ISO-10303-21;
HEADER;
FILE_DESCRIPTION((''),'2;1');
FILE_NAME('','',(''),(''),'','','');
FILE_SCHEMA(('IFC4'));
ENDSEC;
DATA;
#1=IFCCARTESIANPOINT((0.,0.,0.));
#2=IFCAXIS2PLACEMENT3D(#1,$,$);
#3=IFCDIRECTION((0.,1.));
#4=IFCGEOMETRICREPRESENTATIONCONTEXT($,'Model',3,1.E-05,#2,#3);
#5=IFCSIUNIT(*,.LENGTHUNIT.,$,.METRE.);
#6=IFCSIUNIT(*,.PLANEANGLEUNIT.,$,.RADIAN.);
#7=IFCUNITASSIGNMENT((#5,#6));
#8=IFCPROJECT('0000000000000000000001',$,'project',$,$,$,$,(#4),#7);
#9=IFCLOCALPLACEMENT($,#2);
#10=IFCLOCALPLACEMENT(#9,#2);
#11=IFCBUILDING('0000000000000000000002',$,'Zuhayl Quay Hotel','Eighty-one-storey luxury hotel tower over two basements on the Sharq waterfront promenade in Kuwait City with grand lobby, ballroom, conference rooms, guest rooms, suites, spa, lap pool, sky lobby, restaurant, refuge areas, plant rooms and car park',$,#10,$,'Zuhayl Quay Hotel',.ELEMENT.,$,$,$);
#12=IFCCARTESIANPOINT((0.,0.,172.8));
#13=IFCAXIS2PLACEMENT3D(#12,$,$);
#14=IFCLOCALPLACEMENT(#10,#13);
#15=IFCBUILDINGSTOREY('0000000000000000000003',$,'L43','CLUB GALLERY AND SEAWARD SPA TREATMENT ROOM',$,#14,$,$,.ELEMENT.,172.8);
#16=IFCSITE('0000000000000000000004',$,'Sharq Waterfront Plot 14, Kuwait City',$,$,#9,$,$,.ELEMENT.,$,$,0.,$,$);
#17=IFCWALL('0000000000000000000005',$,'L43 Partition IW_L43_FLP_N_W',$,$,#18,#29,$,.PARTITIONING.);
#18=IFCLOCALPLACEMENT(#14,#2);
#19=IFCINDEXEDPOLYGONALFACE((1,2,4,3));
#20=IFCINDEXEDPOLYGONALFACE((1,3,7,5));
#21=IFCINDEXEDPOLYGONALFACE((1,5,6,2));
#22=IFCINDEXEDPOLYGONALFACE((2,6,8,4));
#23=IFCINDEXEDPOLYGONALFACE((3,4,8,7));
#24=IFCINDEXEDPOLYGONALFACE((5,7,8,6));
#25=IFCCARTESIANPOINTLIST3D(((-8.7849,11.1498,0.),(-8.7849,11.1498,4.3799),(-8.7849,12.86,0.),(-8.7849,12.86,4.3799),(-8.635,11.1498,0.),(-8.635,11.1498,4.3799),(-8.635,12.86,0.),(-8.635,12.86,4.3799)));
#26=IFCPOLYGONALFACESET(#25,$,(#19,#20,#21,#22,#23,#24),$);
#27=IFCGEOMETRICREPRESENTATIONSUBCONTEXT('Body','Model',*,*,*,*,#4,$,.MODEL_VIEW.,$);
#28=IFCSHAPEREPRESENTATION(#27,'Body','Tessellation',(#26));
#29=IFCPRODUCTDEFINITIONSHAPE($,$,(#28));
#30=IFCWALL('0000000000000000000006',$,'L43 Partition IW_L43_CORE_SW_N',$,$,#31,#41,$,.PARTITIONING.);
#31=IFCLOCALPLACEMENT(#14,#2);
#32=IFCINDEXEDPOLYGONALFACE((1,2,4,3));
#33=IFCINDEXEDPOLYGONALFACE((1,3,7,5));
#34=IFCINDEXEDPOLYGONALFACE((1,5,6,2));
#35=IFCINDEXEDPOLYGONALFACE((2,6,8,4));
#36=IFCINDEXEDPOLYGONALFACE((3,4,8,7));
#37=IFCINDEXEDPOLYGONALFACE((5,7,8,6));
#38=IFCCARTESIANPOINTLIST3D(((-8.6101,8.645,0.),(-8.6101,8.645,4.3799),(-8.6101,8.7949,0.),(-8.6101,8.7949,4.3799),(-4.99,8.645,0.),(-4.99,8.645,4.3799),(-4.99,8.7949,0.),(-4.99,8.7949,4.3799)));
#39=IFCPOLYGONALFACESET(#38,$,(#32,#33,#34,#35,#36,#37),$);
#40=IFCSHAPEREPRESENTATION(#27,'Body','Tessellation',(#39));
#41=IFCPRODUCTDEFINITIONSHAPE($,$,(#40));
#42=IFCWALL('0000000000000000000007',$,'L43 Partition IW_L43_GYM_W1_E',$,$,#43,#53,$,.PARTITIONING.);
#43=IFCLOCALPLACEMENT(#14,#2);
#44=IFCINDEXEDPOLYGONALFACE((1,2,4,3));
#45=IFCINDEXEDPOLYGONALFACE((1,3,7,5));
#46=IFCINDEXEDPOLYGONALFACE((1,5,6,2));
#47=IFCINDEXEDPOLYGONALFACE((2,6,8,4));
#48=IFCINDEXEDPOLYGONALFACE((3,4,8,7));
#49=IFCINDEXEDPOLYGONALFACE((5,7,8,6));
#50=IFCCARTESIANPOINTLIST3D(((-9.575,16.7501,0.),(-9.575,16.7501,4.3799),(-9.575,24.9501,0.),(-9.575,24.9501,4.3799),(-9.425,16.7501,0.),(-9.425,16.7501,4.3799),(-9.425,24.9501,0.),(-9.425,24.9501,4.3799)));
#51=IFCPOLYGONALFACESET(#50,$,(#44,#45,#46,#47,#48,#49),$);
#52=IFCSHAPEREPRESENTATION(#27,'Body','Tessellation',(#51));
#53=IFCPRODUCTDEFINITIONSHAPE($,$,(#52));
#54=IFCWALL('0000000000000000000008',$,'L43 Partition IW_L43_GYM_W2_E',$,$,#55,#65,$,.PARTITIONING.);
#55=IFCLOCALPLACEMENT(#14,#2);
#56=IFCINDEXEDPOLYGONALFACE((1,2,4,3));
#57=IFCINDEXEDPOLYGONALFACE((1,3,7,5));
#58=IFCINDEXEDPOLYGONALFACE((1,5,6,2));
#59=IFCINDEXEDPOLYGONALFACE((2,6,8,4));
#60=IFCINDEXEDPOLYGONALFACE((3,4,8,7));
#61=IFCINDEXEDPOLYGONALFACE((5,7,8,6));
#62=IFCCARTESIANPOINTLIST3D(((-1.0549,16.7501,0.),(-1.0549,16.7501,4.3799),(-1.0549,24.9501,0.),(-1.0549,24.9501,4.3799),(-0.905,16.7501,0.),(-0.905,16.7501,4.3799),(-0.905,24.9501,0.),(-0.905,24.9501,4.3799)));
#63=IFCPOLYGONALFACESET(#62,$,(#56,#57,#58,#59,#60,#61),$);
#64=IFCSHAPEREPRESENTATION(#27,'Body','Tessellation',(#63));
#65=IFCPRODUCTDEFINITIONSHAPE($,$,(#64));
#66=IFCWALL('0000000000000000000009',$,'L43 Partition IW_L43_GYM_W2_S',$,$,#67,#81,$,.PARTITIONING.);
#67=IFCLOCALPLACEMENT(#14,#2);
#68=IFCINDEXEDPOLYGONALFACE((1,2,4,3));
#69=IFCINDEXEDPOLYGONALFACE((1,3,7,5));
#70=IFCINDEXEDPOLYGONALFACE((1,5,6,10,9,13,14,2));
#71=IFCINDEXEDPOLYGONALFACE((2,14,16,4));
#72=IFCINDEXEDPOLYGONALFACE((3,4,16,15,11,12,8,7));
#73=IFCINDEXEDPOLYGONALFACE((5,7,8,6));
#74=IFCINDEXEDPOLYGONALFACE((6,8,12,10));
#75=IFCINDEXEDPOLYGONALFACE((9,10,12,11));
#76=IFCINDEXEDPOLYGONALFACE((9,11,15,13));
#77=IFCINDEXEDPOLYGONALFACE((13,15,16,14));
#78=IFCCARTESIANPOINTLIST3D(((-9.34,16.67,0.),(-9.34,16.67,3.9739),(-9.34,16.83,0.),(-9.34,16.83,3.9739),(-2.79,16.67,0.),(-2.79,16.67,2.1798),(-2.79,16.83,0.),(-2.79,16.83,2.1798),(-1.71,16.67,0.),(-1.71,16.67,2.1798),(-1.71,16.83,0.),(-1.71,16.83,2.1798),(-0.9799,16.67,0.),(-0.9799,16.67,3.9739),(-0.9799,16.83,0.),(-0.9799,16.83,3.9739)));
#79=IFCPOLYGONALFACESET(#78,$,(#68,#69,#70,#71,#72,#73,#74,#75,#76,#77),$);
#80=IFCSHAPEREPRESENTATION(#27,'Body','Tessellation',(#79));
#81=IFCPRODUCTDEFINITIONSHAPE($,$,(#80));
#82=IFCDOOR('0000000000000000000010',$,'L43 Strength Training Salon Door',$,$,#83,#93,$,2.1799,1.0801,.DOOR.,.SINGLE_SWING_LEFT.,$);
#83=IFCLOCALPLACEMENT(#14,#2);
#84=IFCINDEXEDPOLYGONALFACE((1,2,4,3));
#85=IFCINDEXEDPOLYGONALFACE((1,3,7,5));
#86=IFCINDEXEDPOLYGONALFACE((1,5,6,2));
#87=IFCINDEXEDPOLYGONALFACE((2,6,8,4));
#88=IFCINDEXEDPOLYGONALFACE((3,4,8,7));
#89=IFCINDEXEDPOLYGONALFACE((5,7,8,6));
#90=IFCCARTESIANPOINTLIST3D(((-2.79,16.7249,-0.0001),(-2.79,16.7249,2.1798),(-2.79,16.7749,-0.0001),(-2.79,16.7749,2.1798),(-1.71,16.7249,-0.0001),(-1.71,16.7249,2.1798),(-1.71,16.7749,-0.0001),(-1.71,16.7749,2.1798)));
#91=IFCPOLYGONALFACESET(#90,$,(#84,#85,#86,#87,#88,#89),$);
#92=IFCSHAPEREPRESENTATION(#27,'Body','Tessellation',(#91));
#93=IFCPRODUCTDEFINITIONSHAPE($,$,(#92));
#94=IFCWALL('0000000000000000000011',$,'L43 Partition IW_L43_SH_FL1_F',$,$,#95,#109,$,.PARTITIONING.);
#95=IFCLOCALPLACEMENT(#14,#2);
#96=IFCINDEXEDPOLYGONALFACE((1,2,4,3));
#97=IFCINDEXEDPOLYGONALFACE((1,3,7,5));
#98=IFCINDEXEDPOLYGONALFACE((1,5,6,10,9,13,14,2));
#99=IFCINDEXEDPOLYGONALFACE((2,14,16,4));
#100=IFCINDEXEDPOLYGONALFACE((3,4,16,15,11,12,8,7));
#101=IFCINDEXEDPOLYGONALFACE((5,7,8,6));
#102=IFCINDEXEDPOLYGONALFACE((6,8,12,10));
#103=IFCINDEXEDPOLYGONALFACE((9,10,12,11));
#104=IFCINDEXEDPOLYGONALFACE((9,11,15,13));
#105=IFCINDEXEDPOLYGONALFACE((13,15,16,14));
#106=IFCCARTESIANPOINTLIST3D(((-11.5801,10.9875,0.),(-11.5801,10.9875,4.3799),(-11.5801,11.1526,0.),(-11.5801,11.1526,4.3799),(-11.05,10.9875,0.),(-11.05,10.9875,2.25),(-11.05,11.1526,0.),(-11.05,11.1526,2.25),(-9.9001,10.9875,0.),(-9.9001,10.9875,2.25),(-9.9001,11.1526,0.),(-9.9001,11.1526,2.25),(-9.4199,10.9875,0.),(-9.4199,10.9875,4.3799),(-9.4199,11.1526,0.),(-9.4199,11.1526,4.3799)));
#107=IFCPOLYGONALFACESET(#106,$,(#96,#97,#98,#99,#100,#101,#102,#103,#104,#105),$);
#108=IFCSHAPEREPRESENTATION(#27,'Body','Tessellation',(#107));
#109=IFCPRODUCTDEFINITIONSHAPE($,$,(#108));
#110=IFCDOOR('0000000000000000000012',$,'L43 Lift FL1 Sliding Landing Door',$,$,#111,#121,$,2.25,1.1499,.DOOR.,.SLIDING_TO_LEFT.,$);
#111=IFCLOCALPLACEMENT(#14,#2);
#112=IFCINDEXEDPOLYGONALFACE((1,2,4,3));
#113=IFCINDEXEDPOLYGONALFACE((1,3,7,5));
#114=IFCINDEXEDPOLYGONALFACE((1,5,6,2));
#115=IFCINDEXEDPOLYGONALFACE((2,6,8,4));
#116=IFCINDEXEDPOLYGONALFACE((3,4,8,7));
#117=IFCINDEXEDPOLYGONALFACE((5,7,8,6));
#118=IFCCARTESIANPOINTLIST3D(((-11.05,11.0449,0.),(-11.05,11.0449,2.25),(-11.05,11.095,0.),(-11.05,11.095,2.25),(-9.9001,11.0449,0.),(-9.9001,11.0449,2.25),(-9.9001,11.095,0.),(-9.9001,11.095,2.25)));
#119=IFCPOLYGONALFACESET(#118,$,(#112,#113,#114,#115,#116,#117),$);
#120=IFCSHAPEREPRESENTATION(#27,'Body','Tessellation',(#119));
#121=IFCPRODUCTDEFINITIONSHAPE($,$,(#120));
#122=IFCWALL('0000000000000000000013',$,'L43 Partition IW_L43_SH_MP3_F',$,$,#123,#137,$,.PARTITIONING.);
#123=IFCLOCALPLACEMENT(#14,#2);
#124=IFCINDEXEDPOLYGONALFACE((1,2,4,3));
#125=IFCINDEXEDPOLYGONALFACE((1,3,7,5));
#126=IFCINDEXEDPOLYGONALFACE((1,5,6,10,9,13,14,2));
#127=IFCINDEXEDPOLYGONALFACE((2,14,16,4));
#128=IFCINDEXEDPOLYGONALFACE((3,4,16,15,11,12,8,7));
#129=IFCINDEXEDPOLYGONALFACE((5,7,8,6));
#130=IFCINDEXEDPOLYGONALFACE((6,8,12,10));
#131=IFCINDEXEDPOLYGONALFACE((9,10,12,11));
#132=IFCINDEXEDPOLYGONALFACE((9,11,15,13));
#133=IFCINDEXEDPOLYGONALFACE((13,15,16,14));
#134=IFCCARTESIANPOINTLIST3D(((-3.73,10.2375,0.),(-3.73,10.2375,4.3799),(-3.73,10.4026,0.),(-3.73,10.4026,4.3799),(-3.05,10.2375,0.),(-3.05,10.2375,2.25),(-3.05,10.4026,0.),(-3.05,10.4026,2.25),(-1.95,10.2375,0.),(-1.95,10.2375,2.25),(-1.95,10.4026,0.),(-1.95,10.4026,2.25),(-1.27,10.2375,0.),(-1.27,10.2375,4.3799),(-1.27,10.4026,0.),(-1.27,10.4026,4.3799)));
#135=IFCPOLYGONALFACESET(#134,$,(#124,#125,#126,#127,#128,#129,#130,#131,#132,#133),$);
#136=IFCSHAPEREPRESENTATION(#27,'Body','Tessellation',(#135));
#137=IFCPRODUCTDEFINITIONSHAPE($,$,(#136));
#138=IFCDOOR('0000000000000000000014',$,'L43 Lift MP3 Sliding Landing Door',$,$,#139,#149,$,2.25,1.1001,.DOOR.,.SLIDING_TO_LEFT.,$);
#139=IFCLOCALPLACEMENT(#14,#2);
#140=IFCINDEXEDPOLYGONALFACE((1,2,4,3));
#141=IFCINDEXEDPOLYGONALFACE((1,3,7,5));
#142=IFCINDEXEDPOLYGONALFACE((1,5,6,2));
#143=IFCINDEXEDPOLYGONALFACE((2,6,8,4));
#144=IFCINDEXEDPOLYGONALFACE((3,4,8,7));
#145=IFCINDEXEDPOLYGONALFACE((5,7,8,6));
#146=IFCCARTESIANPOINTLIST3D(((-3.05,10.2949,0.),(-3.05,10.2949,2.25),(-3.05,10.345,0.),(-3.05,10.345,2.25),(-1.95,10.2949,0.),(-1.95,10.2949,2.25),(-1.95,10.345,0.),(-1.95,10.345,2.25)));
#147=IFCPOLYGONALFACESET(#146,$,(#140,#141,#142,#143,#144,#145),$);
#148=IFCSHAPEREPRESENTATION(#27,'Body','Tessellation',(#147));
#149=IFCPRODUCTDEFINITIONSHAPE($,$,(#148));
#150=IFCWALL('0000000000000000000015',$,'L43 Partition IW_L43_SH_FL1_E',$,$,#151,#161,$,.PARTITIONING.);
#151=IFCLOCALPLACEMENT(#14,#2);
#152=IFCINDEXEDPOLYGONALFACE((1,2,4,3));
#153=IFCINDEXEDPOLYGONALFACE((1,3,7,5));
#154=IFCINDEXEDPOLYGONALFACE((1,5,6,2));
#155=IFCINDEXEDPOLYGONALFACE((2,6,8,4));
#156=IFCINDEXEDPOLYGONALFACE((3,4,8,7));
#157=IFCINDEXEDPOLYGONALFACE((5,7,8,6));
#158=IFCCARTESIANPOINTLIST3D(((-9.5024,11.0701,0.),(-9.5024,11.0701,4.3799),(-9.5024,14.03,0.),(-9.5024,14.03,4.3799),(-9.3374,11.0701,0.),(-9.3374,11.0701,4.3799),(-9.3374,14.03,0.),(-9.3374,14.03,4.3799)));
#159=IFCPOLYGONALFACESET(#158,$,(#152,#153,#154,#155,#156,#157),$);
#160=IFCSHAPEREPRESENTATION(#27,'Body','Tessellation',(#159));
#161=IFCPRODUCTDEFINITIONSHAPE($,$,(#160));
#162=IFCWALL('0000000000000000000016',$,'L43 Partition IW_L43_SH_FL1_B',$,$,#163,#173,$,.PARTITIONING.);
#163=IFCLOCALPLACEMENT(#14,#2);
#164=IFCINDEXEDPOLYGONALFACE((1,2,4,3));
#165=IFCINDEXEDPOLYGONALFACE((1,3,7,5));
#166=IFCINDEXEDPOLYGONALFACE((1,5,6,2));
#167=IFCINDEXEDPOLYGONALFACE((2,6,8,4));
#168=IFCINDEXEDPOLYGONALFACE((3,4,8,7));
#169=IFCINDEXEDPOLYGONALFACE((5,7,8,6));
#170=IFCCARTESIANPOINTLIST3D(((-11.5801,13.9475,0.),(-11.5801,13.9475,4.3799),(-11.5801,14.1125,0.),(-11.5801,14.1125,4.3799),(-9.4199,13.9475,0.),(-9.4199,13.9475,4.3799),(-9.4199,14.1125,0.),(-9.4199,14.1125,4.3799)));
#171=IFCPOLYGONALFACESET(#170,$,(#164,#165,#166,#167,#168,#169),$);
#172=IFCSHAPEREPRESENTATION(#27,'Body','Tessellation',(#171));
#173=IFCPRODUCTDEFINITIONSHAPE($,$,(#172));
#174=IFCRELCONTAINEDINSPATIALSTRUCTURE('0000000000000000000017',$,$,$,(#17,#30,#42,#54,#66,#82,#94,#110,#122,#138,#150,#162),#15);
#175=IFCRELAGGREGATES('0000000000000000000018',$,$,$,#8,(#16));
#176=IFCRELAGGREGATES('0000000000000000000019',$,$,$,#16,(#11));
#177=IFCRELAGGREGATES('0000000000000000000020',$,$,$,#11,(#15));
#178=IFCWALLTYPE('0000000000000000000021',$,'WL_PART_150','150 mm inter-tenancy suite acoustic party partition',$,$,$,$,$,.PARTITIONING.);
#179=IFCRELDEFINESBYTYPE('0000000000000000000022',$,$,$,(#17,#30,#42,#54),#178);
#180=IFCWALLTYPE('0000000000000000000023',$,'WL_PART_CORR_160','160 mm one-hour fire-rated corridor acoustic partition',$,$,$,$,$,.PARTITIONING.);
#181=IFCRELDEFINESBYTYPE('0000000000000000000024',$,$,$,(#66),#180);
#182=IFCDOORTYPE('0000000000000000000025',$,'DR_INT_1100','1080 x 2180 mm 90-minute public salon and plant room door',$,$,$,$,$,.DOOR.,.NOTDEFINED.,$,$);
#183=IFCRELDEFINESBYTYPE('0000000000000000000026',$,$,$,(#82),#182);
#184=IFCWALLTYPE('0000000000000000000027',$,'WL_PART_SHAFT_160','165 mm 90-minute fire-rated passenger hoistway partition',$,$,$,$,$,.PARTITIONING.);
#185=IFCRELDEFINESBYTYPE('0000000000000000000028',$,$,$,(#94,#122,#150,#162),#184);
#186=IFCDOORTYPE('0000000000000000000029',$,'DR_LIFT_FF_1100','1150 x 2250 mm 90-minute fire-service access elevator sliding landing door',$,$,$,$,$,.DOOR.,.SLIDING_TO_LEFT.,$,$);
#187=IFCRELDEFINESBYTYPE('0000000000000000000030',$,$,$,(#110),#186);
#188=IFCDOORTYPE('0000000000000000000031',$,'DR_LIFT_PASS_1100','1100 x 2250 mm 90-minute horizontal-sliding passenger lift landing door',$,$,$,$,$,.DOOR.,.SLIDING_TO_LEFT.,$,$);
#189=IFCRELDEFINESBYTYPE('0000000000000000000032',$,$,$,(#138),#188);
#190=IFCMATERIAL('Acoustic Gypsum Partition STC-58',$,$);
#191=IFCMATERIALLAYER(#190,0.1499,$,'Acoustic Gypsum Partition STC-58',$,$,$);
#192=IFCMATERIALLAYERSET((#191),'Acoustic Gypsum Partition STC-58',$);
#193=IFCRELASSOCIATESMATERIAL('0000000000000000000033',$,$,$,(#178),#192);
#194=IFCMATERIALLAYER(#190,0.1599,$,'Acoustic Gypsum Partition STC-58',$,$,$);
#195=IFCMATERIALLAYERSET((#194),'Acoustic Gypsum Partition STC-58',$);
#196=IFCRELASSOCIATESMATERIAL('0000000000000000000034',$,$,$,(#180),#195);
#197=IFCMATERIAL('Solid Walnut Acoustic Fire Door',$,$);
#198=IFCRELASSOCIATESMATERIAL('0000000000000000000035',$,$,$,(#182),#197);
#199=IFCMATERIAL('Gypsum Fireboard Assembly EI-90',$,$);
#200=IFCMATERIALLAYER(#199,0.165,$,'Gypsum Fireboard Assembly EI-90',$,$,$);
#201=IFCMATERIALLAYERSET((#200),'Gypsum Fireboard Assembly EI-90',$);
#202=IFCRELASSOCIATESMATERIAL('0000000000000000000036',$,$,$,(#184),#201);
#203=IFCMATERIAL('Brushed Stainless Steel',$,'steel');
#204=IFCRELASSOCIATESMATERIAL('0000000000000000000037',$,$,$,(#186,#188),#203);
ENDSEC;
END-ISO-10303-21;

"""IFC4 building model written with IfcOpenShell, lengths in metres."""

from ifc_helpers import new_model, si_unit, direction, frame, frame_2d, origin, place, context, subcontext, project, spatial, rectangle, extrude, material, layer, layer_set, type_object, element, fill, save


model = new_model("IFC4")

# Units and contexts
model_context = context("Model", 3, precision=1e-05, world=origin(), true_north=direction((0.0, 1.0)))
body_context = subcontext(model_context, "Body", "Model", "MODEL_VIEW")
ifc_project = project(units=[si_unit("LENGTHUNIT", "METRE"), si_unit("PLANEANGLEUNIT", "RADIAN")], contexts=[model_context])

# Site, building, storey
site_placement = place(None, origin())
site = spatial("IfcSite", under=ifc_project, at=site_placement, Name="Sharq Waterfront Plot 14, Kuwait City", CompositionType="ELEMENT", RefElevation=0.0)
building_placement = place(site_placement, origin())
building = spatial("IfcBuilding", under=site, at=building_placement, Name="Zuhayl Quay Hotel", Description="Eighty-one-storey luxury hotel tower over two basements on the Sharq waterfront promenade in Kuwait City with grand lobby, ballroom, conference rooms, guest rooms, suites, spa, lap pool, sky lobby, restaurant, refuge areas, plant rooms and car park", LongName="Zuhayl Quay Hotel", CompositionType="ELEMENT")
storey_placement = place(building_placement, frame((0.0, 0.0, 172.8)))
storey = spatial("IfcBuildingStorey", under=building, at=storey_placement, Name="L43", Description="CLUB GALLERY AND SEAWARD SPA TREATMENT ROOM", CompositionType="ELEMENT", Elevation=172.8)

# Shared definitions
ifc_material_1 = material(Name="Acoustic Gypsum Partition STC-58")
ifc_layer_1 = layer(ifc_material_1, 0.1499, Name="Acoustic Gypsum Partition STC-58")
ifc_layer_set_1 = layer_set([ifc_layer_1], Name="Acoustic Gypsum Partition STC-58")
wall_type_1 = type_object("IfcWallType", Name="WL_PART_150", Description="150 mm inter-tenancy suite acoustic party partition", PredefinedType="PARTITIONING", material=ifc_layer_set_1)

# Walls
wall_1_placement = place(storey_placement, frame((-8.71, 11.1499, 0.0), z_axis=(0.0, 0.0, 1.0), x_axis=(0.0, 1.0, 0.0)))
element("IfcWall", 1, at=wall_1_placement, inside=storey, type_object=wall_type_1, Name="L43 Partition IW_L43_FLP_N_W", PredefinedType="PARTITIONING", context=body_context, shape_type="SweptSolid", body=[
    extrude(rectangle(XDim=1.7102, YDim=0.1499, at=frame_2d((0.855, 0.0))), origin(), (0.0, 0.0, 1.0), 4.3799),
])
wall_2_placement = place(storey_placement, frame((-8.6101, 8.72, 0.0), z_axis=(0.0, 0.0, 1.0), x_axis=(1.0, 0.0, 0.0)))
element("IfcWall", 2, at=wall_2_placement, inside=storey, type_object=wall_type_1, Name="L43 Partition IW_L43_CORE_SW_N", PredefinedType="PARTITIONING", context=body_context, shape_type="SweptSolid", body=[
    extrude(rectangle(XDim=3.6201, YDim=0.1499, at=frame_2d((1.8101, 0.0))), origin(), (0.0, 0.0, 1.0), 4.3799),
])
for number, where, z_axis, x_axis, name in (
    (3, (-9.5, 16.75, 0.0), (0.0, 0.0, 1.0), (0.0, 1.0, 0.0), "L43 Partition IW_L43_GYM_W1_E"),
    (4, (-0.98, 16.75, 0.0), (0.0, 0.0, 1.0), (0.0, 1.0, 0.0), "L43 Partition IW_L43_GYM_W2_E"),
):
    element("IfcWall", number, at=place(storey_placement, frame(where, z_axis=z_axis, x_axis=x_axis)), inside=storey, type_object=wall_type_1, Name=name, PredefinedType="PARTITIONING", context=body_context, shape_type="SweptSolid", body=[
        extrude(rectangle(XDim=8.2, YDim=0.1499, at=frame_2d((4.1001, 0.0))), origin(), (0.0, 0.0, 1.0), 4.3799),
    ])

# Walls, openings, doors
ifc_layer_2 = layer(ifc_material_1, 0.1599, Name="Acoustic Gypsum Partition STC-58")
ifc_layer_set_2 = layer_set([ifc_layer_2], Name="Acoustic Gypsum Partition STC-58")
wall_type_2 = type_object("IfcWallType", Name="WL_PART_CORR_160", Description="160 mm one-hour fire-rated corridor acoustic partition", PredefinedType="PARTITIONING", material=ifc_layer_set_2)
wall_3_placement = place(storey_placement, frame((-9.3401, 16.75, 0.0), z_axis=(0.0, 0.0, 1.0), x_axis=(1.0, 0.0, 0.0)))
wall_3 = element("IfcWall", 5, at=wall_3_placement, inside=storey, type_object=wall_type_2, Name="L43 Partition IW_L43_GYM_W2_S", PredefinedType="PARTITIONING", context=body_context, shape_type="SweptSolid", body=[
    extrude(rectangle(XDim=8.3601, YDim=0.1599, at=frame_2d((4.1802, 0.0))), origin(), (0.0, 0.0, 1.0), 3.9739),
])
opening_1_placement = place(wall_3_placement, frame((6.55, 0.0, 0.0)))
opening_1 = element("IfcOpeningElement", 6, at=opening_1_placement, cuts=wall_3, PredefinedType="OPENING", context=body_context, shape_type="SweptSolid", body=[
    extrude(rectangle(XDim=1.0801, YDim=2.1799, at=frame_2d((0.54, 1.0898))), frame((0.0, 0.0898, 0.0), z_axis=(0.0, -1.0, 0.0), x_axis=(1.0, 0.0, 0.0)), (0.0, 0.0, 1.0), 0.1799),
])
ifc_material_2 = material(Name="Solid Walnut Acoustic Fire Door")
door_type_1 = type_object("IfcDoorType", Name="DR_INT_1100", Description="1080 x 2180 mm 90-minute public salon and plant room door", OperationType="NOTDEFINED", PredefinedType="DOOR", material=ifc_material_2)
door_1_placement = place(opening_1_placement, origin())
door_1 = element("IfcDoor", 7, at=door_1_placement, inside=storey, type_object=door_type_1, Name="L43 Strength Training Salon Door", OperationType="SINGLE_SWING_LEFT", OverallHeight=2.1799, OverallWidth=1.0801, PredefinedType="DOOR", context=body_context, shape_type="SweptSolid", body=[
    extrude(rectangle(XDim=1.0801, YDim=2.1799, at=frame_2d((0.54, 1.0898))), frame((0.0, 0.0249, 0.0), z_axis=(0.0, -1.0, 0.0), x_axis=(1.0, 0.0, 0.0)), (0.0, 0.0, 1.0), 0.05),
])
fill(opening_1, door_1)
ifc_material_3 = material(Name="Gypsum Fireboard Assembly EI-90")
ifc_layer_3 = layer(ifc_material_3, 0.165, Name="Gypsum Fireboard Assembly EI-90")
ifc_layer_set_3 = layer_set([ifc_layer_3], Name="Gypsum Fireboard Assembly EI-90")
wall_type_3 = type_object("IfcWallType", Name="WL_PART_SHAFT_160", Description="165 mm 90-minute fire-rated passenger hoistway partition", PredefinedType="PARTITIONING", material=ifc_layer_set_3)
wall_4_placement = place(storey_placement, frame((-11.5801, 11.0701, 0.0), z_axis=(0.0, 0.0, 1.0), x_axis=(1.0, 0.0, 0.0)))
wall_4 = element("IfcWall", 8, at=wall_4_placement, inside=storey, type_object=wall_type_3, Name="L43 Partition IW_L43_SH_FL1_F", PredefinedType="PARTITIONING", context=body_context, shape_type="SweptSolid", body=[
    extrude(rectangle(XDim=2.1602, YDim=0.165, at=frame_2d((1.0801, 0.0))), origin(), (0.0, 0.0, 1.0), 4.3799),
])
opening_2_placement = place(wall_4_placement, frame((0.53, 0.0, 0.0)))
opening_2 = element("IfcOpeningElement", 9, at=opening_2_placement, cuts=wall_4, PredefinedType="OPENING", context=body_context, shape_type="SweptSolid", body=[
    extrude(rectangle(XDim=1.1499, YDim=2.25, at=frame_2d((0.575, 1.125))), frame((0.0, 0.0925, 0.0), z_axis=(0.0, -1.0, 0.0), x_axis=(1.0, 0.0, 0.0)), (0.0, 0.0, 1.0), 0.1851),
])
ifc_material_4 = material(Name="Brushed Stainless Steel", Category="steel")
door_type_2 = type_object("IfcDoorType", Name="DR_LIFT_FF_1100", Description="1150 x 2250 mm 90-minute fire-service access elevator sliding landing door", OperationType="SLIDING_TO_LEFT", PredefinedType="DOOR", material=ifc_material_4)
door_2_placement = place(opening_2_placement, origin())
door_2 = element("IfcDoor", 10, at=door_2_placement, inside=storey, type_object=door_type_2, Name="L43 Lift FL1 Sliding Landing Door", OperationType="SLIDING_TO_LEFT", OverallHeight=2.25, OverallWidth=1.1499, PredefinedType="DOOR", context=body_context, shape_type="SweptSolid", body=[
    extrude(rectangle(XDim=1.1499, YDim=2.25, at=frame_2d((0.575, 1.125))), frame((0.0, 0.0249, 0.0), z_axis=(0.0, -1.0, 0.0), x_axis=(1.0, 0.0, 0.0)), (0.0, 0.0, 1.0), 0.05),
])
fill(opening_2, door_2)
wall_5_placement = place(storey_placement, frame((-3.73, 10.3201, 0.0), z_axis=(0.0, 0.0, 1.0), x_axis=(1.0, 0.0, 0.0)))
wall_5 = element("IfcWall", 11, at=wall_5_placement, inside=storey, type_object=wall_type_3, Name="L43 Partition IW_L43_SH_MP3_F", PredefinedType="PARTITIONING", context=body_context, shape_type="SweptSolid", body=[
    extrude(rectangle(XDim=2.46, YDim=0.165, at=frame_2d((1.23, 0.0))), origin(), (0.0, 0.0, 1.0), 4.3799),
])
opening_3_placement = place(wall_5_placement, frame((0.6799, 0.0, 0.0)))
opening_3 = element("IfcOpeningElement", 12, at=opening_3_placement, cuts=wall_5, PredefinedType="OPENING", context=body_context, shape_type="SweptSolid", body=[
    extrude(rectangle(XDim=1.1001, YDim=2.25, at=frame_2d((0.55, 1.125))), frame((0.0, 0.0925, 0.0), z_axis=(0.0, -1.0, 0.0), x_axis=(1.0, 0.0, 0.0)), (0.0, 0.0, 1.0), 0.1851),
])
door_type_3 = type_object("IfcDoorType", Name="DR_LIFT_PASS_1100", Description="1100 x 2250 mm 90-minute horizontal-sliding passenger lift landing door", OperationType="SLIDING_TO_LEFT", PredefinedType="DOOR", material=ifc_material_4)
door_3_placement = place(opening_3_placement, origin())
door_3 = element("IfcDoor", 13, at=door_3_placement, inside=storey, type_object=door_type_3, Name="L43 Lift MP3 Sliding Landing Door", OperationType="SLIDING_TO_LEFT", OverallHeight=2.25, OverallWidth=1.1001, PredefinedType="DOOR", context=body_context, shape_type="SweptSolid", body=[
    extrude(rectangle(XDim=1.1001, YDim=2.25, at=frame_2d((0.55, 1.125))), frame((0.0, 0.0249, 0.0), z_axis=(0.0, -1.0, 0.0), x_axis=(1.0, 0.0, 0.0)), (0.0, 0.0, 1.0), 0.05),
])
fill(opening_3, door_3)

# Walls
wall_6_placement = place(storey_placement, frame((-9.4199, 11.0701, 0.0), z_axis=(0.0, 0.0, 1.0), x_axis=(0.0, 1.0, 0.0)))
element("IfcWall", 14, at=wall_6_placement, inside=storey, type_object=wall_type_3, Name="L43 Partition IW_L43_SH_FL1_E", PredefinedType="PARTITIONING", context=body_context, shape_type="SweptSolid", body=[
    extrude(rectangle(XDim=2.96, YDim=0.165, at=frame_2d((1.48, 0.0))), origin(), (0.0, 0.0, 1.0), 4.3799),
])
wall_7_placement = place(storey_placement, frame((-11.5801, 14.03, 0.0), z_axis=(0.0, 0.0, 1.0), x_axis=(1.0, 0.0, 0.0)))
element("IfcWall", 15, at=wall_7_placement, inside=storey, type_object=wall_type_3, Name="L43 Partition IW_L43_SH_FL1_B", PredefinedType="PARTITIONING", context=body_context, shape_type="SweptSolid", body=[
    extrude(rectangle(XDim=2.1602, YDim=0.165, at=frame_2d((1.0801, 0.0))), origin(), (0.0, 0.0, 1.0), 4.3799),
])

save(model, "model.ifc")
